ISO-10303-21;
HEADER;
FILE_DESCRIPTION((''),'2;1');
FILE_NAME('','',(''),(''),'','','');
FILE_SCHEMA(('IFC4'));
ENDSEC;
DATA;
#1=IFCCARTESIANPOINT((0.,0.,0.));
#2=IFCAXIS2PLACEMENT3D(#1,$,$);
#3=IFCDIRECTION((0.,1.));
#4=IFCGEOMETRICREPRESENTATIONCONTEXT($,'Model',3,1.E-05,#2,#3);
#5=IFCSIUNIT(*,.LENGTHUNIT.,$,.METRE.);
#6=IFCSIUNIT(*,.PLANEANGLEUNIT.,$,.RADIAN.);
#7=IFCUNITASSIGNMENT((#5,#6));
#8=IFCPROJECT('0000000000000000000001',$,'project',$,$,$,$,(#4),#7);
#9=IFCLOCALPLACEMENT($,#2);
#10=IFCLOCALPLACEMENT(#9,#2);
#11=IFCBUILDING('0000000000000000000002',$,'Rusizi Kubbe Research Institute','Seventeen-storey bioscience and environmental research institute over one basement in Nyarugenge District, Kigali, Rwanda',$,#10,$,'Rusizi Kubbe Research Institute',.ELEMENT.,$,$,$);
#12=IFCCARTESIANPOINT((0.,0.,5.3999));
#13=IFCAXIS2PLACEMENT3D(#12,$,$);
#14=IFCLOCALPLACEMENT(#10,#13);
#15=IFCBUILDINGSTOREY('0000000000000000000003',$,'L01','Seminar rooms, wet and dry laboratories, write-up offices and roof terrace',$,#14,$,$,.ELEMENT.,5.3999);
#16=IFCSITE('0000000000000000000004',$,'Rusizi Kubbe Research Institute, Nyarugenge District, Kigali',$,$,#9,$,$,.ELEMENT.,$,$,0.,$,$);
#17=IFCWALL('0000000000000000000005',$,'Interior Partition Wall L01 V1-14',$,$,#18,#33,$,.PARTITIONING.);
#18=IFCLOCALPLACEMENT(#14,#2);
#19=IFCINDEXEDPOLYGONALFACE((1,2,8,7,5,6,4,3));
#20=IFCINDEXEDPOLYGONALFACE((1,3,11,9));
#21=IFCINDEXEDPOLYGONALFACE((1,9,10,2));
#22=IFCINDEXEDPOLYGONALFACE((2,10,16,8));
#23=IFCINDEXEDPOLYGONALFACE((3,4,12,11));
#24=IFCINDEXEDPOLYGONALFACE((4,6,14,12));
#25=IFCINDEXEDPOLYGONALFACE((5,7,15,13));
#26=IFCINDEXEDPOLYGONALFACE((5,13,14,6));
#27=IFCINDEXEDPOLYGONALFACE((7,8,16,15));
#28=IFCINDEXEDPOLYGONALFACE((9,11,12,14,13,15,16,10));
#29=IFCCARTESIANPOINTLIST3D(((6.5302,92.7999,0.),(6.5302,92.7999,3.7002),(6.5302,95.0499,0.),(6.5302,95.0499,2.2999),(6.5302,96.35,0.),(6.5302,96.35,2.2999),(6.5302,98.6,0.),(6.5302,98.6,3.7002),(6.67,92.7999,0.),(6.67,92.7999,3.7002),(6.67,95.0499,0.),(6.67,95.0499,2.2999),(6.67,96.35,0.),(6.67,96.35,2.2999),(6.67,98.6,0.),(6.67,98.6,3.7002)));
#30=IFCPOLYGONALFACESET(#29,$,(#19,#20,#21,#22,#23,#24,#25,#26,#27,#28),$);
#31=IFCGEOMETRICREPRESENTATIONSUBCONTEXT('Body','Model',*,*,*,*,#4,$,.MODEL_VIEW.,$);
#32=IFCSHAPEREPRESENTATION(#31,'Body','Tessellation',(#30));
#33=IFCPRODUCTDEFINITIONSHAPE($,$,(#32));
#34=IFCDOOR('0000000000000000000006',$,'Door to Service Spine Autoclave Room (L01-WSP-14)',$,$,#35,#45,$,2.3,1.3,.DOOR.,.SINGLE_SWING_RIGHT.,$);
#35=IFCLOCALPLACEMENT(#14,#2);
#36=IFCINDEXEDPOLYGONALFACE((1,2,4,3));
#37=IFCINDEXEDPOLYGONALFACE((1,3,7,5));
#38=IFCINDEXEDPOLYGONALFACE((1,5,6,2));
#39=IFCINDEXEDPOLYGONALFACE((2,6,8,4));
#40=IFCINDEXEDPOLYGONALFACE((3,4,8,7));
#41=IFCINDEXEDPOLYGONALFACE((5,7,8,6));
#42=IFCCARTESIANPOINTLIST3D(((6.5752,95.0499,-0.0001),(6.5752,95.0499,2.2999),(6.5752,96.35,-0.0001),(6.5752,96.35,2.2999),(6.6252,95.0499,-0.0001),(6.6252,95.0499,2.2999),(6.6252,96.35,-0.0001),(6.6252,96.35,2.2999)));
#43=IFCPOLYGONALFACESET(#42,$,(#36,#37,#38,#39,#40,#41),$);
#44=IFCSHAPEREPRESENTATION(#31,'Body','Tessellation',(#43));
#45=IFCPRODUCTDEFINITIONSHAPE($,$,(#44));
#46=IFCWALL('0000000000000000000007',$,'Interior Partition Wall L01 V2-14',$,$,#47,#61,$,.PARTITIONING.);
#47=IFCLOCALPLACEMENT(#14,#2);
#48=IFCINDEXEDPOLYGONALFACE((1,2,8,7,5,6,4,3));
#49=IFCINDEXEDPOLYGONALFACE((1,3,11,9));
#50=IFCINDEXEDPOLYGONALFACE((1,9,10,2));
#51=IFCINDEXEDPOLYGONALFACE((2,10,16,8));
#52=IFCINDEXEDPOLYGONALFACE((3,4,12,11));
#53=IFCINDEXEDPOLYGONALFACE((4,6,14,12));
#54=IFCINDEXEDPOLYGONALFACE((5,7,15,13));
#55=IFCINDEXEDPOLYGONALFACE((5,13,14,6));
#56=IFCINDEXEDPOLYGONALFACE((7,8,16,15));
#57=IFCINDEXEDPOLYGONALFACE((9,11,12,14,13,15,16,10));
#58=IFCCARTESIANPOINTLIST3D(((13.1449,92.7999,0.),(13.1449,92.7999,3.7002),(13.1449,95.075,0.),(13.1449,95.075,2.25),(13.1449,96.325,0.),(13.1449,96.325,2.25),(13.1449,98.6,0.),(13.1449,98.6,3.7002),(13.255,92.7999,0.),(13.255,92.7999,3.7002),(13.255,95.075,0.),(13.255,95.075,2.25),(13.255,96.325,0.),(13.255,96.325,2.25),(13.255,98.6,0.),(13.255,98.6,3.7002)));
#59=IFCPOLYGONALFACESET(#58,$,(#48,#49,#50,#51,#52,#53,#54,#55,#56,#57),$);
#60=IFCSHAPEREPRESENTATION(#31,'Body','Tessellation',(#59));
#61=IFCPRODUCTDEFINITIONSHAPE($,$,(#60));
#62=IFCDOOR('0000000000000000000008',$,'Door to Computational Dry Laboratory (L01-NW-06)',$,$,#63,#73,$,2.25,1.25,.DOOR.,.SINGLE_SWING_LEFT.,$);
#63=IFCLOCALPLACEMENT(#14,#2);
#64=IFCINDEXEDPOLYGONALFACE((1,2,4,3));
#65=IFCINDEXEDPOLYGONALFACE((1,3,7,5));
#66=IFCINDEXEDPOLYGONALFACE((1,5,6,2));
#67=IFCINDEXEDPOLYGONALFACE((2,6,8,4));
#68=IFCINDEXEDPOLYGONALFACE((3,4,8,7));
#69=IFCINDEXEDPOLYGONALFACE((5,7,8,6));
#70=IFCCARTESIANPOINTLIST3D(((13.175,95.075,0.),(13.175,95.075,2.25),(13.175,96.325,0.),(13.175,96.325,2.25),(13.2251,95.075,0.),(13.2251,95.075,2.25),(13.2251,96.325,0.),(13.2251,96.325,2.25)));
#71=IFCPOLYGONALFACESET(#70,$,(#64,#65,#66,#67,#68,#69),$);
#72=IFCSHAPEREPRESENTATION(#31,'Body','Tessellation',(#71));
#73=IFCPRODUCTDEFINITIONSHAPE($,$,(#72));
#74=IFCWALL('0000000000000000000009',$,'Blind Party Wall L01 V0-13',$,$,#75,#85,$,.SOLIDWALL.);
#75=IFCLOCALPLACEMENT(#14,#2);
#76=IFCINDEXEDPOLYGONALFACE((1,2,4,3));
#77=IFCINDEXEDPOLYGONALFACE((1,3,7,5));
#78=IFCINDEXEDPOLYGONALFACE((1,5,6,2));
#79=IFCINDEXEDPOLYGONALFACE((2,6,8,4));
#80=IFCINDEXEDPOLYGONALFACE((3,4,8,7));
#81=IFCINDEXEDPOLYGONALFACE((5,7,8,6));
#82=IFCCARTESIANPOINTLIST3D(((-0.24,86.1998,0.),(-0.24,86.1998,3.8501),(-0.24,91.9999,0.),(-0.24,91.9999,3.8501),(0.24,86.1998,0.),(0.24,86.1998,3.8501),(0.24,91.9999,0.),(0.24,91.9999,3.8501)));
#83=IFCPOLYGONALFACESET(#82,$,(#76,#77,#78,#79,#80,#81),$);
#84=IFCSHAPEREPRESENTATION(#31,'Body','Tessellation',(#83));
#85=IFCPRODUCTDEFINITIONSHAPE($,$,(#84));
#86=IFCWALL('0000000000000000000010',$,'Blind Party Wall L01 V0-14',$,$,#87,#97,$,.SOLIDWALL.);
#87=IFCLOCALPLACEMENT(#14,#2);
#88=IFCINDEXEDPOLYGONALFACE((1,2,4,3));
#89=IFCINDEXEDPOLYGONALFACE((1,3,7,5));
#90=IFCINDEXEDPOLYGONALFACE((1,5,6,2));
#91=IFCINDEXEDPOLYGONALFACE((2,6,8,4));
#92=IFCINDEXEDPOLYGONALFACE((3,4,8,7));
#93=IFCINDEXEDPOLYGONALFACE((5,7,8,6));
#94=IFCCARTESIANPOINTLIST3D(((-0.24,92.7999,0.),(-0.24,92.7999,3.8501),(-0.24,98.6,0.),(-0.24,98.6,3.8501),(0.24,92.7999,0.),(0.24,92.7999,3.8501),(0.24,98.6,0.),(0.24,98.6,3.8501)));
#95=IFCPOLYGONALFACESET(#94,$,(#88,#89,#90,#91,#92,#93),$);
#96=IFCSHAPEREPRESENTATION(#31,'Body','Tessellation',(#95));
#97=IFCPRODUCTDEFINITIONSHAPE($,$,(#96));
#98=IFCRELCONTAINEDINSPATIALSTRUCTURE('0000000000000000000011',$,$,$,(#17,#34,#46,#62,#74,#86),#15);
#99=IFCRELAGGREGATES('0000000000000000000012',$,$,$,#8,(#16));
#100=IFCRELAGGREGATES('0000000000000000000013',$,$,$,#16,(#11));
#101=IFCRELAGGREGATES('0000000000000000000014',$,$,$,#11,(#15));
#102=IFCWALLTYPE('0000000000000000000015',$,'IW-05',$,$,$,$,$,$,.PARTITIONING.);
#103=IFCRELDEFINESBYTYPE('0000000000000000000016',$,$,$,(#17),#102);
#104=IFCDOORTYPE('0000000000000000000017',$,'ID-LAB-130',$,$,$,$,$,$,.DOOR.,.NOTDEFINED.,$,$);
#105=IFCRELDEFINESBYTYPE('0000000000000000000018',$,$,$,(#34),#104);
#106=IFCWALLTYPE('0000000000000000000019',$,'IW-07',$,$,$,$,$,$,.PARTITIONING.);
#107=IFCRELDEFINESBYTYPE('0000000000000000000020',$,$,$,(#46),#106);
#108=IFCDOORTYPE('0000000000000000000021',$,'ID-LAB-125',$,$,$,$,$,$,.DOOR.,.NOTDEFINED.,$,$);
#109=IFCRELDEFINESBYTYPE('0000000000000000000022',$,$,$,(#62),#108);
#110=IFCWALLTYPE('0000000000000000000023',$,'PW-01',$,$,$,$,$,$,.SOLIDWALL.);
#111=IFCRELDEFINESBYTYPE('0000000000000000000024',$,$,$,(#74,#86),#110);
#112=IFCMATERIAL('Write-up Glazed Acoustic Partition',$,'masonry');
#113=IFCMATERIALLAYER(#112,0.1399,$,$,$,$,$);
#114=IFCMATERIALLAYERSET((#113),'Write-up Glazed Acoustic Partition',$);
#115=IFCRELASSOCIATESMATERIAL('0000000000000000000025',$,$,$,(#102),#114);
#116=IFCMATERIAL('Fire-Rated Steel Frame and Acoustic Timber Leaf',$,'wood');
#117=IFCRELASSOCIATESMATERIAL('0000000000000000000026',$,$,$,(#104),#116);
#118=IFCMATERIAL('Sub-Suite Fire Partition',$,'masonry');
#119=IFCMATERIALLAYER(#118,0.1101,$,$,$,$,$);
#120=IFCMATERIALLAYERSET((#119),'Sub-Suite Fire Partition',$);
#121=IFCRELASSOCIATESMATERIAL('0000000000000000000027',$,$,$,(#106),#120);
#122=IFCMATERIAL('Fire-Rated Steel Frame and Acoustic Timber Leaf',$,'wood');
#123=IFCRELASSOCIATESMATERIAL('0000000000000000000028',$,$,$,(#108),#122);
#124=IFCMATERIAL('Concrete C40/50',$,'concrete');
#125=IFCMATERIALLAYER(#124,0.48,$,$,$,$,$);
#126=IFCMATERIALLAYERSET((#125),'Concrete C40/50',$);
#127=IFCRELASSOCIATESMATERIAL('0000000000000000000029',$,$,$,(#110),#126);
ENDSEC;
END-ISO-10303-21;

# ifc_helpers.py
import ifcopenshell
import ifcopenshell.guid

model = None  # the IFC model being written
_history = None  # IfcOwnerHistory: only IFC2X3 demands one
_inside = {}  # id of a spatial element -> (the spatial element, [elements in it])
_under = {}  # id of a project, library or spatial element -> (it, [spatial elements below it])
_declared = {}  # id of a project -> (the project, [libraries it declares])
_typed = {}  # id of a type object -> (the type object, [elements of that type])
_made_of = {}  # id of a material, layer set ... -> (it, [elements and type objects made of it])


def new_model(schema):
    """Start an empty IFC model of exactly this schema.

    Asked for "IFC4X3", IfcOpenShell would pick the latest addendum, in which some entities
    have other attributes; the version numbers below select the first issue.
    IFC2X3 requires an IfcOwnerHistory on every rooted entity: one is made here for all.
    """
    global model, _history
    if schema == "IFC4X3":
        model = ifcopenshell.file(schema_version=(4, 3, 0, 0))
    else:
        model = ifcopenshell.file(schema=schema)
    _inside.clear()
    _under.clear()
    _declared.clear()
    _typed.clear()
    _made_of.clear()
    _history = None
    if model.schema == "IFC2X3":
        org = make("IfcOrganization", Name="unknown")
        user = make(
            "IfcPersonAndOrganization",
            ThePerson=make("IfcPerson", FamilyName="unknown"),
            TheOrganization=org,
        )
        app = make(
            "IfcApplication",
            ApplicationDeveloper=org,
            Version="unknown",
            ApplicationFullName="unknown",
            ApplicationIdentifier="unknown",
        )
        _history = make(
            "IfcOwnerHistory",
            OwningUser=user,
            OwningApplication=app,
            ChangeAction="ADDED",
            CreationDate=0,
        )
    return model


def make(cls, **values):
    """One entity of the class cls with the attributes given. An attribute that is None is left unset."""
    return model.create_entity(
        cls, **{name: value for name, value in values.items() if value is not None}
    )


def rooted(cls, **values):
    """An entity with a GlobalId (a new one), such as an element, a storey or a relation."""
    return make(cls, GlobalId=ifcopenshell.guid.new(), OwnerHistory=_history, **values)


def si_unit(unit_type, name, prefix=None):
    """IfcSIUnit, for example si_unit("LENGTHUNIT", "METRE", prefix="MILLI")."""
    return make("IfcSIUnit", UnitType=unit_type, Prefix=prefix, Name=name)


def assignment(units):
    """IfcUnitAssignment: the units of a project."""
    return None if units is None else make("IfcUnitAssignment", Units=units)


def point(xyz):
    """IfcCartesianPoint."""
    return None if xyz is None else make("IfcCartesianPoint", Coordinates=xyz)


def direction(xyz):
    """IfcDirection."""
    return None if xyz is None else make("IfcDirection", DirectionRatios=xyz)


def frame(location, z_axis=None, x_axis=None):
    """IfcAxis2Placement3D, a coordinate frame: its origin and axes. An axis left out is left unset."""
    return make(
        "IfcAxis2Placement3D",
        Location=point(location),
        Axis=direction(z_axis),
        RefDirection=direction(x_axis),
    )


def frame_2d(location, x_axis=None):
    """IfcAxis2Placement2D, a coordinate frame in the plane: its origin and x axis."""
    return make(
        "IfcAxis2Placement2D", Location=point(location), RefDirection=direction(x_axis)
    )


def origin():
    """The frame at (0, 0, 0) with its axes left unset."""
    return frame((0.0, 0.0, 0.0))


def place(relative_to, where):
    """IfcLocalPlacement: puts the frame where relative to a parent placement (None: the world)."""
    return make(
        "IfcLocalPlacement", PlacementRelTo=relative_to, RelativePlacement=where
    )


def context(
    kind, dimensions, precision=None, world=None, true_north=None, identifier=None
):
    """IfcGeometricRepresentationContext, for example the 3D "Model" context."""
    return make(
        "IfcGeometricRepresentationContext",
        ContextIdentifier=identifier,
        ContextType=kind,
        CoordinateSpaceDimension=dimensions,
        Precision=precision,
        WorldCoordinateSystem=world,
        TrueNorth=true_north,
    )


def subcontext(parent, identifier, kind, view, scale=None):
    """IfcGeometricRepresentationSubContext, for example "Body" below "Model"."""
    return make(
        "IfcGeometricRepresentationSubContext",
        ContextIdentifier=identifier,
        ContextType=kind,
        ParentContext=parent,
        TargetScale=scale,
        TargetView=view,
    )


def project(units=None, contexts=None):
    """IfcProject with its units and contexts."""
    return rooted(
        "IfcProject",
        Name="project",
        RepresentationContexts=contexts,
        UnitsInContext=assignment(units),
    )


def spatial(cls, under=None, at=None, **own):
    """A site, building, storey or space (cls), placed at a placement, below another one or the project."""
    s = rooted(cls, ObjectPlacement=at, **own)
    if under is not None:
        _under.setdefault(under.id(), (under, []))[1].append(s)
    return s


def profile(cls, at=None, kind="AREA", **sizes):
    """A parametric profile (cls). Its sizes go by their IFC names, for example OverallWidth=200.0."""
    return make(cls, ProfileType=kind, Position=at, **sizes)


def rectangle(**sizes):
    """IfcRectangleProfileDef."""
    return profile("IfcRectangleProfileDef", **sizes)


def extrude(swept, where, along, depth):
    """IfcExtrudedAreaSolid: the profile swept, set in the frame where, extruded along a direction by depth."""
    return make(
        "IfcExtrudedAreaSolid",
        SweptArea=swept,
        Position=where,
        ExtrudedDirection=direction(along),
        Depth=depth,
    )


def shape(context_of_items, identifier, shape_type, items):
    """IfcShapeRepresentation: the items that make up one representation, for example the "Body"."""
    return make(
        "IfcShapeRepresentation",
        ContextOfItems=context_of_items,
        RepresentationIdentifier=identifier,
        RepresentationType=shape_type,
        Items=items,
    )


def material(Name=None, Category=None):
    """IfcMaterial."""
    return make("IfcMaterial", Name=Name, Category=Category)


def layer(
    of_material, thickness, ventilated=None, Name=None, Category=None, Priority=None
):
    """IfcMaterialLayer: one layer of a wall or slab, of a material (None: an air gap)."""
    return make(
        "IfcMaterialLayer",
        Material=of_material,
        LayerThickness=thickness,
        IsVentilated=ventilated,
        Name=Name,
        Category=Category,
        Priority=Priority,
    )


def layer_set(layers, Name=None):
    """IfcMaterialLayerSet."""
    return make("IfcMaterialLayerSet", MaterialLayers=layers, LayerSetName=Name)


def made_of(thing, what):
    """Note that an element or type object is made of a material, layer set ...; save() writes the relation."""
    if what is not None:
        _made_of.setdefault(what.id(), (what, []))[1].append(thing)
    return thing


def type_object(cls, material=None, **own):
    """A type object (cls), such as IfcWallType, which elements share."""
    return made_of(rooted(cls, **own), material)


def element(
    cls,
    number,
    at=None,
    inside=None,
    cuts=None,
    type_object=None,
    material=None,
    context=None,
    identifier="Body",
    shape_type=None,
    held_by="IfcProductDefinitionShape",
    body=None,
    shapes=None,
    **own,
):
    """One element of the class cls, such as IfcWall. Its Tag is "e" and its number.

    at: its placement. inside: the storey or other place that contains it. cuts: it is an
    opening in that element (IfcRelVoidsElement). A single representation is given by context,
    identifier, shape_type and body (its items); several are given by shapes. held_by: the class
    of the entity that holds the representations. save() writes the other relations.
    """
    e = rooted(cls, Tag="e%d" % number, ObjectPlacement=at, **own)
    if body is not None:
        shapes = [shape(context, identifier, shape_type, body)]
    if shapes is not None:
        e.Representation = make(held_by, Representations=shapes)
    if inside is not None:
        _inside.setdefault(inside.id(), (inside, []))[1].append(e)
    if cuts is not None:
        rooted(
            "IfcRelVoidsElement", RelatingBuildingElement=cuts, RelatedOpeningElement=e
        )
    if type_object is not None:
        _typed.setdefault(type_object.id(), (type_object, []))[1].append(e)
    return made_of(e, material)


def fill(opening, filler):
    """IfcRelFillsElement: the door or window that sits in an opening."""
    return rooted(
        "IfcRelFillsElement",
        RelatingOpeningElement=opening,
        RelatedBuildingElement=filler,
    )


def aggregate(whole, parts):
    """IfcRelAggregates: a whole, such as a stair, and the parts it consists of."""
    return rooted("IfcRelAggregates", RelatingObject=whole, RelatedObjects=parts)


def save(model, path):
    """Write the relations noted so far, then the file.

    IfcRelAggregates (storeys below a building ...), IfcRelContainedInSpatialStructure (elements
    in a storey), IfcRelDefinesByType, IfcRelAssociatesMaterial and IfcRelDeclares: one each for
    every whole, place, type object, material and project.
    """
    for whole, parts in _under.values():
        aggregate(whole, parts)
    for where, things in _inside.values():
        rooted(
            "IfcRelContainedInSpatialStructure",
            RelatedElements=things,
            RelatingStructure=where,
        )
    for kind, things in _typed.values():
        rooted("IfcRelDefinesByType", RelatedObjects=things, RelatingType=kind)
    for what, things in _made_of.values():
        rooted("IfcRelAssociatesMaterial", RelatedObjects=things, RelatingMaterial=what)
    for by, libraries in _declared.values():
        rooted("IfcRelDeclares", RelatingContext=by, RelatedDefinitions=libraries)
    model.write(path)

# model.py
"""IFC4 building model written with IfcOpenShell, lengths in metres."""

from ifc_helpers import new_model, si_unit, direction, frame, frame_2d, origin, place, context, subcontext, project, spatial, rectangle, extrude, material, layer, layer_set, type_object, element, fill, save


model = new_model("IFC4")

# Units and contexts
model_context = context("Model", 3, precision=1e-05, world=origin(), true_north=direction((0.0, 1.0)))
body_context = subcontext(model_context, "Body", "Model", "MODEL_VIEW")
ifc_project = project(units=[si_unit("LENGTHUNIT", "METRE"), si_unit("PLANEANGLEUNIT", "RADIAN")], contexts=[model_context])

# Site, building, storey
site_placement = place(None, origin())
site = spatial("IfcSite", under=ifc_project, at=site_placement, Name="Rusizi Kubbe Research Institute, Nyarugenge District, Kigali", CompositionType="ELEMENT", RefElevation=0.0)
building_placement = place(site_placement, origin())
building = spatial("IfcBuilding", under=site, at=building_placement, Name="Rusizi Kubbe Research Institute", Description="Seventeen-storey bioscience and environmental research institute over one basement in Nyarugenge District, Kigali, Rwanda", LongName="Rusizi Kubbe Research Institute", CompositionType="ELEMENT")
storey_placement = place(building_placement, frame((0.0, 0.0, 5.3999)))
storey = spatial("IfcBuildingStorey", under=building, at=storey_placement, Name="L01", Description="Seminar rooms, wet and dry laboratories, write-up offices and roof terrace", CompositionType="ELEMENT", Elevation=5.3999)

# Shared definitions
ifc_material_1 = material(Name="Write-up Glazed Acoustic Partition", Category="masonry")
ifc_layer_1 = layer(ifc_material_1, 0.1399)
ifc_layer_set_1 = layer_set([ifc_layer_1], Name="Write-up Glazed Acoustic Partition")
wall_type_1 = type_object("IfcWallType", Name="IW-05", PredefinedType="PARTITIONING", material=ifc_layer_set_1)

# Walls, openings, doors
wall_1_placement = place(storey_placement, frame((6.6001, 92.8, 0.0), z_axis=(0.0, 0.0, 1.0), x_axis=(0.0, 1.0, 0.0)))
wall_1 = element("IfcWall", 1, at=wall_1_placement, inside=storey, type_object=wall_type_1, Name="Interior Partition Wall L01 V1-14", PredefinedType="PARTITIONING", context=body_context, shape_type="SweptSolid", body=[
    extrude(rectangle(XDim=5.8, YDim=0.1399, at=frame_2d((2.8999, 0.0))), origin(), (0.0, 0.0, 1.0), 3.7002),
])
opening_1_placement = place(wall_1_placement, frame((2.25, 0.0, 0.0)))
opening_1 = element("IfcOpeningElement", 2, at=opening_1_placement, cuts=wall_1, PredefinedType="OPENING", context=body_context, shape_type="SweptSolid", body=[
    extrude(rectangle(XDim=1.3, YDim=2.3, at=frame_2d((0.6499, 1.1499))), frame((0.0, 0.0798, 0.0), z_axis=(0.0, -1.0, 0.0), x_axis=(1.0, 0.0, 0.0)), (0.0, 0.0, 1.0), 0.1599),
])
ifc_material_2 = material(Name="Fire-Rated Steel Frame and Acoustic Timber Leaf", Category="wood")
door_type_1 = type_object("IfcDoorType", Name="ID-LAB-130", OperationType="NOTDEFINED", PredefinedType="DOOR", material=ifc_material_2)
door_1_placement = place(opening_1_placement, origin())
door_1 = element("IfcDoor", 3, at=door_1_placement, inside=storey, type_object=door_type_1, Name="Door to Service Spine Autoclave Room (L01-WSP-14)", OperationType="SINGLE_SWING_RIGHT", OverallHeight=2.3, OverallWidth=1.3, PredefinedType="DOOR", context=body_context, shape_type="SweptSolid", body=[
    extrude(rectangle(XDim=1.3, YDim=2.3, at=frame_2d((0.6499, 1.1499))), frame((0.0, 0.0249, 0.0), z_axis=(0.0, -1.0, 0.0), x_axis=(1.0, 0.0, 0.0)), (0.0, 0.0, 1.0), 0.05),
])
fill(opening_1, door_1)
ifc_material_3 = material(Name="Sub-Suite Fire Partition", Category="masonry")
ifc_layer_2 = layer(ifc_material_3, 0.1101)
ifc_layer_set_2 = layer_set([ifc_layer_2], Name="Sub-Suite Fire Partition")
wall_type_2 = type_object("IfcWallType", Name="IW-07", PredefinedType="PARTITIONING", material=ifc_layer_set_2)
wall_2_placement = place(storey_placement, frame((13.2, 92.8, 0.0), z_axis=(0.0, 0.0, 1.0), x_axis=(0.0, 1.0, 0.0)))
wall_2 = element("IfcWall", 4, at=wall_2_placement, inside=storey, type_object=wall_type_2, Name="Interior Partition Wall L01 V2-14", PredefinedType="PARTITIONING", context=body_context, shape_type="SweptSolid", body=[
    extrude(rectangle(XDim=5.8, YDim=0.1101, at=frame_2d((2.8999, 0.0))), origin(), (0.0, 0.0, 1.0), 3.7002),
])
opening_2_placement = place(wall_2_placement, frame((2.2749, 0.0, 0.0)))
opening_2 = element("IfcOpeningElement", 5, at=opening_2_placement, cuts=wall_2, PredefinedType="OPENING", context=body_context, shape_type="SweptSolid", body=[
    extrude(rectangle(XDim=1.25, YDim=2.25, at=frame_2d((0.625, 1.125))), frame((0.0, 0.0649, 0.0), z_axis=(0.0, -1.0, 0.0), x_axis=(1.0, 0.0, 0.0)), (0.0, 0.0, 1.0), 0.1301),
])
ifc_material_4 = material(Name="Fire-Rated Steel Frame and Acoustic Timber Leaf", Category="wood")
door_type_2 = type_object("IfcDoorType", Name="ID-LAB-125", OperationType="NOTDEFINED", PredefinedType="DOOR", material=ifc_material_4)
door_2_placement = place(opening_2_placement, origin())
door_2 = element("IfcDoor", 6, at=door_2_placement, inside=storey, type_object=door_type_2, Name="Door to Computational Dry Laboratory (L01-NW-06)", OperationType="SINGLE_SWING_LEFT", OverallHeight=2.25, OverallWidth=1.25, PredefinedType="DOOR", context=body_context, shape_type="SweptSolid", body=[
    extrude(rectangle(XDim=1.25, YDim=2.25, at=frame_2d((0.625, 1.125))), frame((0.0, 0.0249, 0.0), z_axis=(0.0, -1.0, 0.0), x_axis=(1.0, 0.0, 0.0)), (0.0, 0.0, 1.0), 0.05),
])
fill(opening_2, door_2)

# Walls
ifc_material_5 = material(Name="Concrete C40/50", Category="concrete")
ifc_layer_3 = layer(ifc_material_5, 0.48)
ifc_layer_set_3 = layer_set([ifc_layer_3], Name="Concrete C40/50")
wall_type_3 = type_object("IfcWallType", Name="PW-01", PredefinedType="SOLIDWALL", material=ifc_layer_set_3)
for number, where, z_axis, x_axis, name in (
    (7, (0.0, 86.2, 0.0), (0.0, 0.0, 1.0), (0.0, 1.0, 0.0), "Blind Party Wall L01 V0-13"),
    (8, (0.0, 92.8, 0.0), (0.0, 0.0, 1.0), (0.0, 1.0, 0.0), "Blind Party Wall L01 V0-14"),
):
    element("IfcWall", number, at=place(storey_placement, frame(where, z_axis=z_axis, x_axis=x_axis)), inside=storey, type_object=wall_type_3, Name=name, PredefinedType="SOLIDWALL", context=body_context, shape_type="SweptSolid", body=[
        extrude(rectangle(XDim=5.8, YDim=0.48, at=frame_2d((2.8999, 0.0))), origin(), (0.0, 0.0, 1.0), 3.8501),
    ])

save(model, "model.ifc")
